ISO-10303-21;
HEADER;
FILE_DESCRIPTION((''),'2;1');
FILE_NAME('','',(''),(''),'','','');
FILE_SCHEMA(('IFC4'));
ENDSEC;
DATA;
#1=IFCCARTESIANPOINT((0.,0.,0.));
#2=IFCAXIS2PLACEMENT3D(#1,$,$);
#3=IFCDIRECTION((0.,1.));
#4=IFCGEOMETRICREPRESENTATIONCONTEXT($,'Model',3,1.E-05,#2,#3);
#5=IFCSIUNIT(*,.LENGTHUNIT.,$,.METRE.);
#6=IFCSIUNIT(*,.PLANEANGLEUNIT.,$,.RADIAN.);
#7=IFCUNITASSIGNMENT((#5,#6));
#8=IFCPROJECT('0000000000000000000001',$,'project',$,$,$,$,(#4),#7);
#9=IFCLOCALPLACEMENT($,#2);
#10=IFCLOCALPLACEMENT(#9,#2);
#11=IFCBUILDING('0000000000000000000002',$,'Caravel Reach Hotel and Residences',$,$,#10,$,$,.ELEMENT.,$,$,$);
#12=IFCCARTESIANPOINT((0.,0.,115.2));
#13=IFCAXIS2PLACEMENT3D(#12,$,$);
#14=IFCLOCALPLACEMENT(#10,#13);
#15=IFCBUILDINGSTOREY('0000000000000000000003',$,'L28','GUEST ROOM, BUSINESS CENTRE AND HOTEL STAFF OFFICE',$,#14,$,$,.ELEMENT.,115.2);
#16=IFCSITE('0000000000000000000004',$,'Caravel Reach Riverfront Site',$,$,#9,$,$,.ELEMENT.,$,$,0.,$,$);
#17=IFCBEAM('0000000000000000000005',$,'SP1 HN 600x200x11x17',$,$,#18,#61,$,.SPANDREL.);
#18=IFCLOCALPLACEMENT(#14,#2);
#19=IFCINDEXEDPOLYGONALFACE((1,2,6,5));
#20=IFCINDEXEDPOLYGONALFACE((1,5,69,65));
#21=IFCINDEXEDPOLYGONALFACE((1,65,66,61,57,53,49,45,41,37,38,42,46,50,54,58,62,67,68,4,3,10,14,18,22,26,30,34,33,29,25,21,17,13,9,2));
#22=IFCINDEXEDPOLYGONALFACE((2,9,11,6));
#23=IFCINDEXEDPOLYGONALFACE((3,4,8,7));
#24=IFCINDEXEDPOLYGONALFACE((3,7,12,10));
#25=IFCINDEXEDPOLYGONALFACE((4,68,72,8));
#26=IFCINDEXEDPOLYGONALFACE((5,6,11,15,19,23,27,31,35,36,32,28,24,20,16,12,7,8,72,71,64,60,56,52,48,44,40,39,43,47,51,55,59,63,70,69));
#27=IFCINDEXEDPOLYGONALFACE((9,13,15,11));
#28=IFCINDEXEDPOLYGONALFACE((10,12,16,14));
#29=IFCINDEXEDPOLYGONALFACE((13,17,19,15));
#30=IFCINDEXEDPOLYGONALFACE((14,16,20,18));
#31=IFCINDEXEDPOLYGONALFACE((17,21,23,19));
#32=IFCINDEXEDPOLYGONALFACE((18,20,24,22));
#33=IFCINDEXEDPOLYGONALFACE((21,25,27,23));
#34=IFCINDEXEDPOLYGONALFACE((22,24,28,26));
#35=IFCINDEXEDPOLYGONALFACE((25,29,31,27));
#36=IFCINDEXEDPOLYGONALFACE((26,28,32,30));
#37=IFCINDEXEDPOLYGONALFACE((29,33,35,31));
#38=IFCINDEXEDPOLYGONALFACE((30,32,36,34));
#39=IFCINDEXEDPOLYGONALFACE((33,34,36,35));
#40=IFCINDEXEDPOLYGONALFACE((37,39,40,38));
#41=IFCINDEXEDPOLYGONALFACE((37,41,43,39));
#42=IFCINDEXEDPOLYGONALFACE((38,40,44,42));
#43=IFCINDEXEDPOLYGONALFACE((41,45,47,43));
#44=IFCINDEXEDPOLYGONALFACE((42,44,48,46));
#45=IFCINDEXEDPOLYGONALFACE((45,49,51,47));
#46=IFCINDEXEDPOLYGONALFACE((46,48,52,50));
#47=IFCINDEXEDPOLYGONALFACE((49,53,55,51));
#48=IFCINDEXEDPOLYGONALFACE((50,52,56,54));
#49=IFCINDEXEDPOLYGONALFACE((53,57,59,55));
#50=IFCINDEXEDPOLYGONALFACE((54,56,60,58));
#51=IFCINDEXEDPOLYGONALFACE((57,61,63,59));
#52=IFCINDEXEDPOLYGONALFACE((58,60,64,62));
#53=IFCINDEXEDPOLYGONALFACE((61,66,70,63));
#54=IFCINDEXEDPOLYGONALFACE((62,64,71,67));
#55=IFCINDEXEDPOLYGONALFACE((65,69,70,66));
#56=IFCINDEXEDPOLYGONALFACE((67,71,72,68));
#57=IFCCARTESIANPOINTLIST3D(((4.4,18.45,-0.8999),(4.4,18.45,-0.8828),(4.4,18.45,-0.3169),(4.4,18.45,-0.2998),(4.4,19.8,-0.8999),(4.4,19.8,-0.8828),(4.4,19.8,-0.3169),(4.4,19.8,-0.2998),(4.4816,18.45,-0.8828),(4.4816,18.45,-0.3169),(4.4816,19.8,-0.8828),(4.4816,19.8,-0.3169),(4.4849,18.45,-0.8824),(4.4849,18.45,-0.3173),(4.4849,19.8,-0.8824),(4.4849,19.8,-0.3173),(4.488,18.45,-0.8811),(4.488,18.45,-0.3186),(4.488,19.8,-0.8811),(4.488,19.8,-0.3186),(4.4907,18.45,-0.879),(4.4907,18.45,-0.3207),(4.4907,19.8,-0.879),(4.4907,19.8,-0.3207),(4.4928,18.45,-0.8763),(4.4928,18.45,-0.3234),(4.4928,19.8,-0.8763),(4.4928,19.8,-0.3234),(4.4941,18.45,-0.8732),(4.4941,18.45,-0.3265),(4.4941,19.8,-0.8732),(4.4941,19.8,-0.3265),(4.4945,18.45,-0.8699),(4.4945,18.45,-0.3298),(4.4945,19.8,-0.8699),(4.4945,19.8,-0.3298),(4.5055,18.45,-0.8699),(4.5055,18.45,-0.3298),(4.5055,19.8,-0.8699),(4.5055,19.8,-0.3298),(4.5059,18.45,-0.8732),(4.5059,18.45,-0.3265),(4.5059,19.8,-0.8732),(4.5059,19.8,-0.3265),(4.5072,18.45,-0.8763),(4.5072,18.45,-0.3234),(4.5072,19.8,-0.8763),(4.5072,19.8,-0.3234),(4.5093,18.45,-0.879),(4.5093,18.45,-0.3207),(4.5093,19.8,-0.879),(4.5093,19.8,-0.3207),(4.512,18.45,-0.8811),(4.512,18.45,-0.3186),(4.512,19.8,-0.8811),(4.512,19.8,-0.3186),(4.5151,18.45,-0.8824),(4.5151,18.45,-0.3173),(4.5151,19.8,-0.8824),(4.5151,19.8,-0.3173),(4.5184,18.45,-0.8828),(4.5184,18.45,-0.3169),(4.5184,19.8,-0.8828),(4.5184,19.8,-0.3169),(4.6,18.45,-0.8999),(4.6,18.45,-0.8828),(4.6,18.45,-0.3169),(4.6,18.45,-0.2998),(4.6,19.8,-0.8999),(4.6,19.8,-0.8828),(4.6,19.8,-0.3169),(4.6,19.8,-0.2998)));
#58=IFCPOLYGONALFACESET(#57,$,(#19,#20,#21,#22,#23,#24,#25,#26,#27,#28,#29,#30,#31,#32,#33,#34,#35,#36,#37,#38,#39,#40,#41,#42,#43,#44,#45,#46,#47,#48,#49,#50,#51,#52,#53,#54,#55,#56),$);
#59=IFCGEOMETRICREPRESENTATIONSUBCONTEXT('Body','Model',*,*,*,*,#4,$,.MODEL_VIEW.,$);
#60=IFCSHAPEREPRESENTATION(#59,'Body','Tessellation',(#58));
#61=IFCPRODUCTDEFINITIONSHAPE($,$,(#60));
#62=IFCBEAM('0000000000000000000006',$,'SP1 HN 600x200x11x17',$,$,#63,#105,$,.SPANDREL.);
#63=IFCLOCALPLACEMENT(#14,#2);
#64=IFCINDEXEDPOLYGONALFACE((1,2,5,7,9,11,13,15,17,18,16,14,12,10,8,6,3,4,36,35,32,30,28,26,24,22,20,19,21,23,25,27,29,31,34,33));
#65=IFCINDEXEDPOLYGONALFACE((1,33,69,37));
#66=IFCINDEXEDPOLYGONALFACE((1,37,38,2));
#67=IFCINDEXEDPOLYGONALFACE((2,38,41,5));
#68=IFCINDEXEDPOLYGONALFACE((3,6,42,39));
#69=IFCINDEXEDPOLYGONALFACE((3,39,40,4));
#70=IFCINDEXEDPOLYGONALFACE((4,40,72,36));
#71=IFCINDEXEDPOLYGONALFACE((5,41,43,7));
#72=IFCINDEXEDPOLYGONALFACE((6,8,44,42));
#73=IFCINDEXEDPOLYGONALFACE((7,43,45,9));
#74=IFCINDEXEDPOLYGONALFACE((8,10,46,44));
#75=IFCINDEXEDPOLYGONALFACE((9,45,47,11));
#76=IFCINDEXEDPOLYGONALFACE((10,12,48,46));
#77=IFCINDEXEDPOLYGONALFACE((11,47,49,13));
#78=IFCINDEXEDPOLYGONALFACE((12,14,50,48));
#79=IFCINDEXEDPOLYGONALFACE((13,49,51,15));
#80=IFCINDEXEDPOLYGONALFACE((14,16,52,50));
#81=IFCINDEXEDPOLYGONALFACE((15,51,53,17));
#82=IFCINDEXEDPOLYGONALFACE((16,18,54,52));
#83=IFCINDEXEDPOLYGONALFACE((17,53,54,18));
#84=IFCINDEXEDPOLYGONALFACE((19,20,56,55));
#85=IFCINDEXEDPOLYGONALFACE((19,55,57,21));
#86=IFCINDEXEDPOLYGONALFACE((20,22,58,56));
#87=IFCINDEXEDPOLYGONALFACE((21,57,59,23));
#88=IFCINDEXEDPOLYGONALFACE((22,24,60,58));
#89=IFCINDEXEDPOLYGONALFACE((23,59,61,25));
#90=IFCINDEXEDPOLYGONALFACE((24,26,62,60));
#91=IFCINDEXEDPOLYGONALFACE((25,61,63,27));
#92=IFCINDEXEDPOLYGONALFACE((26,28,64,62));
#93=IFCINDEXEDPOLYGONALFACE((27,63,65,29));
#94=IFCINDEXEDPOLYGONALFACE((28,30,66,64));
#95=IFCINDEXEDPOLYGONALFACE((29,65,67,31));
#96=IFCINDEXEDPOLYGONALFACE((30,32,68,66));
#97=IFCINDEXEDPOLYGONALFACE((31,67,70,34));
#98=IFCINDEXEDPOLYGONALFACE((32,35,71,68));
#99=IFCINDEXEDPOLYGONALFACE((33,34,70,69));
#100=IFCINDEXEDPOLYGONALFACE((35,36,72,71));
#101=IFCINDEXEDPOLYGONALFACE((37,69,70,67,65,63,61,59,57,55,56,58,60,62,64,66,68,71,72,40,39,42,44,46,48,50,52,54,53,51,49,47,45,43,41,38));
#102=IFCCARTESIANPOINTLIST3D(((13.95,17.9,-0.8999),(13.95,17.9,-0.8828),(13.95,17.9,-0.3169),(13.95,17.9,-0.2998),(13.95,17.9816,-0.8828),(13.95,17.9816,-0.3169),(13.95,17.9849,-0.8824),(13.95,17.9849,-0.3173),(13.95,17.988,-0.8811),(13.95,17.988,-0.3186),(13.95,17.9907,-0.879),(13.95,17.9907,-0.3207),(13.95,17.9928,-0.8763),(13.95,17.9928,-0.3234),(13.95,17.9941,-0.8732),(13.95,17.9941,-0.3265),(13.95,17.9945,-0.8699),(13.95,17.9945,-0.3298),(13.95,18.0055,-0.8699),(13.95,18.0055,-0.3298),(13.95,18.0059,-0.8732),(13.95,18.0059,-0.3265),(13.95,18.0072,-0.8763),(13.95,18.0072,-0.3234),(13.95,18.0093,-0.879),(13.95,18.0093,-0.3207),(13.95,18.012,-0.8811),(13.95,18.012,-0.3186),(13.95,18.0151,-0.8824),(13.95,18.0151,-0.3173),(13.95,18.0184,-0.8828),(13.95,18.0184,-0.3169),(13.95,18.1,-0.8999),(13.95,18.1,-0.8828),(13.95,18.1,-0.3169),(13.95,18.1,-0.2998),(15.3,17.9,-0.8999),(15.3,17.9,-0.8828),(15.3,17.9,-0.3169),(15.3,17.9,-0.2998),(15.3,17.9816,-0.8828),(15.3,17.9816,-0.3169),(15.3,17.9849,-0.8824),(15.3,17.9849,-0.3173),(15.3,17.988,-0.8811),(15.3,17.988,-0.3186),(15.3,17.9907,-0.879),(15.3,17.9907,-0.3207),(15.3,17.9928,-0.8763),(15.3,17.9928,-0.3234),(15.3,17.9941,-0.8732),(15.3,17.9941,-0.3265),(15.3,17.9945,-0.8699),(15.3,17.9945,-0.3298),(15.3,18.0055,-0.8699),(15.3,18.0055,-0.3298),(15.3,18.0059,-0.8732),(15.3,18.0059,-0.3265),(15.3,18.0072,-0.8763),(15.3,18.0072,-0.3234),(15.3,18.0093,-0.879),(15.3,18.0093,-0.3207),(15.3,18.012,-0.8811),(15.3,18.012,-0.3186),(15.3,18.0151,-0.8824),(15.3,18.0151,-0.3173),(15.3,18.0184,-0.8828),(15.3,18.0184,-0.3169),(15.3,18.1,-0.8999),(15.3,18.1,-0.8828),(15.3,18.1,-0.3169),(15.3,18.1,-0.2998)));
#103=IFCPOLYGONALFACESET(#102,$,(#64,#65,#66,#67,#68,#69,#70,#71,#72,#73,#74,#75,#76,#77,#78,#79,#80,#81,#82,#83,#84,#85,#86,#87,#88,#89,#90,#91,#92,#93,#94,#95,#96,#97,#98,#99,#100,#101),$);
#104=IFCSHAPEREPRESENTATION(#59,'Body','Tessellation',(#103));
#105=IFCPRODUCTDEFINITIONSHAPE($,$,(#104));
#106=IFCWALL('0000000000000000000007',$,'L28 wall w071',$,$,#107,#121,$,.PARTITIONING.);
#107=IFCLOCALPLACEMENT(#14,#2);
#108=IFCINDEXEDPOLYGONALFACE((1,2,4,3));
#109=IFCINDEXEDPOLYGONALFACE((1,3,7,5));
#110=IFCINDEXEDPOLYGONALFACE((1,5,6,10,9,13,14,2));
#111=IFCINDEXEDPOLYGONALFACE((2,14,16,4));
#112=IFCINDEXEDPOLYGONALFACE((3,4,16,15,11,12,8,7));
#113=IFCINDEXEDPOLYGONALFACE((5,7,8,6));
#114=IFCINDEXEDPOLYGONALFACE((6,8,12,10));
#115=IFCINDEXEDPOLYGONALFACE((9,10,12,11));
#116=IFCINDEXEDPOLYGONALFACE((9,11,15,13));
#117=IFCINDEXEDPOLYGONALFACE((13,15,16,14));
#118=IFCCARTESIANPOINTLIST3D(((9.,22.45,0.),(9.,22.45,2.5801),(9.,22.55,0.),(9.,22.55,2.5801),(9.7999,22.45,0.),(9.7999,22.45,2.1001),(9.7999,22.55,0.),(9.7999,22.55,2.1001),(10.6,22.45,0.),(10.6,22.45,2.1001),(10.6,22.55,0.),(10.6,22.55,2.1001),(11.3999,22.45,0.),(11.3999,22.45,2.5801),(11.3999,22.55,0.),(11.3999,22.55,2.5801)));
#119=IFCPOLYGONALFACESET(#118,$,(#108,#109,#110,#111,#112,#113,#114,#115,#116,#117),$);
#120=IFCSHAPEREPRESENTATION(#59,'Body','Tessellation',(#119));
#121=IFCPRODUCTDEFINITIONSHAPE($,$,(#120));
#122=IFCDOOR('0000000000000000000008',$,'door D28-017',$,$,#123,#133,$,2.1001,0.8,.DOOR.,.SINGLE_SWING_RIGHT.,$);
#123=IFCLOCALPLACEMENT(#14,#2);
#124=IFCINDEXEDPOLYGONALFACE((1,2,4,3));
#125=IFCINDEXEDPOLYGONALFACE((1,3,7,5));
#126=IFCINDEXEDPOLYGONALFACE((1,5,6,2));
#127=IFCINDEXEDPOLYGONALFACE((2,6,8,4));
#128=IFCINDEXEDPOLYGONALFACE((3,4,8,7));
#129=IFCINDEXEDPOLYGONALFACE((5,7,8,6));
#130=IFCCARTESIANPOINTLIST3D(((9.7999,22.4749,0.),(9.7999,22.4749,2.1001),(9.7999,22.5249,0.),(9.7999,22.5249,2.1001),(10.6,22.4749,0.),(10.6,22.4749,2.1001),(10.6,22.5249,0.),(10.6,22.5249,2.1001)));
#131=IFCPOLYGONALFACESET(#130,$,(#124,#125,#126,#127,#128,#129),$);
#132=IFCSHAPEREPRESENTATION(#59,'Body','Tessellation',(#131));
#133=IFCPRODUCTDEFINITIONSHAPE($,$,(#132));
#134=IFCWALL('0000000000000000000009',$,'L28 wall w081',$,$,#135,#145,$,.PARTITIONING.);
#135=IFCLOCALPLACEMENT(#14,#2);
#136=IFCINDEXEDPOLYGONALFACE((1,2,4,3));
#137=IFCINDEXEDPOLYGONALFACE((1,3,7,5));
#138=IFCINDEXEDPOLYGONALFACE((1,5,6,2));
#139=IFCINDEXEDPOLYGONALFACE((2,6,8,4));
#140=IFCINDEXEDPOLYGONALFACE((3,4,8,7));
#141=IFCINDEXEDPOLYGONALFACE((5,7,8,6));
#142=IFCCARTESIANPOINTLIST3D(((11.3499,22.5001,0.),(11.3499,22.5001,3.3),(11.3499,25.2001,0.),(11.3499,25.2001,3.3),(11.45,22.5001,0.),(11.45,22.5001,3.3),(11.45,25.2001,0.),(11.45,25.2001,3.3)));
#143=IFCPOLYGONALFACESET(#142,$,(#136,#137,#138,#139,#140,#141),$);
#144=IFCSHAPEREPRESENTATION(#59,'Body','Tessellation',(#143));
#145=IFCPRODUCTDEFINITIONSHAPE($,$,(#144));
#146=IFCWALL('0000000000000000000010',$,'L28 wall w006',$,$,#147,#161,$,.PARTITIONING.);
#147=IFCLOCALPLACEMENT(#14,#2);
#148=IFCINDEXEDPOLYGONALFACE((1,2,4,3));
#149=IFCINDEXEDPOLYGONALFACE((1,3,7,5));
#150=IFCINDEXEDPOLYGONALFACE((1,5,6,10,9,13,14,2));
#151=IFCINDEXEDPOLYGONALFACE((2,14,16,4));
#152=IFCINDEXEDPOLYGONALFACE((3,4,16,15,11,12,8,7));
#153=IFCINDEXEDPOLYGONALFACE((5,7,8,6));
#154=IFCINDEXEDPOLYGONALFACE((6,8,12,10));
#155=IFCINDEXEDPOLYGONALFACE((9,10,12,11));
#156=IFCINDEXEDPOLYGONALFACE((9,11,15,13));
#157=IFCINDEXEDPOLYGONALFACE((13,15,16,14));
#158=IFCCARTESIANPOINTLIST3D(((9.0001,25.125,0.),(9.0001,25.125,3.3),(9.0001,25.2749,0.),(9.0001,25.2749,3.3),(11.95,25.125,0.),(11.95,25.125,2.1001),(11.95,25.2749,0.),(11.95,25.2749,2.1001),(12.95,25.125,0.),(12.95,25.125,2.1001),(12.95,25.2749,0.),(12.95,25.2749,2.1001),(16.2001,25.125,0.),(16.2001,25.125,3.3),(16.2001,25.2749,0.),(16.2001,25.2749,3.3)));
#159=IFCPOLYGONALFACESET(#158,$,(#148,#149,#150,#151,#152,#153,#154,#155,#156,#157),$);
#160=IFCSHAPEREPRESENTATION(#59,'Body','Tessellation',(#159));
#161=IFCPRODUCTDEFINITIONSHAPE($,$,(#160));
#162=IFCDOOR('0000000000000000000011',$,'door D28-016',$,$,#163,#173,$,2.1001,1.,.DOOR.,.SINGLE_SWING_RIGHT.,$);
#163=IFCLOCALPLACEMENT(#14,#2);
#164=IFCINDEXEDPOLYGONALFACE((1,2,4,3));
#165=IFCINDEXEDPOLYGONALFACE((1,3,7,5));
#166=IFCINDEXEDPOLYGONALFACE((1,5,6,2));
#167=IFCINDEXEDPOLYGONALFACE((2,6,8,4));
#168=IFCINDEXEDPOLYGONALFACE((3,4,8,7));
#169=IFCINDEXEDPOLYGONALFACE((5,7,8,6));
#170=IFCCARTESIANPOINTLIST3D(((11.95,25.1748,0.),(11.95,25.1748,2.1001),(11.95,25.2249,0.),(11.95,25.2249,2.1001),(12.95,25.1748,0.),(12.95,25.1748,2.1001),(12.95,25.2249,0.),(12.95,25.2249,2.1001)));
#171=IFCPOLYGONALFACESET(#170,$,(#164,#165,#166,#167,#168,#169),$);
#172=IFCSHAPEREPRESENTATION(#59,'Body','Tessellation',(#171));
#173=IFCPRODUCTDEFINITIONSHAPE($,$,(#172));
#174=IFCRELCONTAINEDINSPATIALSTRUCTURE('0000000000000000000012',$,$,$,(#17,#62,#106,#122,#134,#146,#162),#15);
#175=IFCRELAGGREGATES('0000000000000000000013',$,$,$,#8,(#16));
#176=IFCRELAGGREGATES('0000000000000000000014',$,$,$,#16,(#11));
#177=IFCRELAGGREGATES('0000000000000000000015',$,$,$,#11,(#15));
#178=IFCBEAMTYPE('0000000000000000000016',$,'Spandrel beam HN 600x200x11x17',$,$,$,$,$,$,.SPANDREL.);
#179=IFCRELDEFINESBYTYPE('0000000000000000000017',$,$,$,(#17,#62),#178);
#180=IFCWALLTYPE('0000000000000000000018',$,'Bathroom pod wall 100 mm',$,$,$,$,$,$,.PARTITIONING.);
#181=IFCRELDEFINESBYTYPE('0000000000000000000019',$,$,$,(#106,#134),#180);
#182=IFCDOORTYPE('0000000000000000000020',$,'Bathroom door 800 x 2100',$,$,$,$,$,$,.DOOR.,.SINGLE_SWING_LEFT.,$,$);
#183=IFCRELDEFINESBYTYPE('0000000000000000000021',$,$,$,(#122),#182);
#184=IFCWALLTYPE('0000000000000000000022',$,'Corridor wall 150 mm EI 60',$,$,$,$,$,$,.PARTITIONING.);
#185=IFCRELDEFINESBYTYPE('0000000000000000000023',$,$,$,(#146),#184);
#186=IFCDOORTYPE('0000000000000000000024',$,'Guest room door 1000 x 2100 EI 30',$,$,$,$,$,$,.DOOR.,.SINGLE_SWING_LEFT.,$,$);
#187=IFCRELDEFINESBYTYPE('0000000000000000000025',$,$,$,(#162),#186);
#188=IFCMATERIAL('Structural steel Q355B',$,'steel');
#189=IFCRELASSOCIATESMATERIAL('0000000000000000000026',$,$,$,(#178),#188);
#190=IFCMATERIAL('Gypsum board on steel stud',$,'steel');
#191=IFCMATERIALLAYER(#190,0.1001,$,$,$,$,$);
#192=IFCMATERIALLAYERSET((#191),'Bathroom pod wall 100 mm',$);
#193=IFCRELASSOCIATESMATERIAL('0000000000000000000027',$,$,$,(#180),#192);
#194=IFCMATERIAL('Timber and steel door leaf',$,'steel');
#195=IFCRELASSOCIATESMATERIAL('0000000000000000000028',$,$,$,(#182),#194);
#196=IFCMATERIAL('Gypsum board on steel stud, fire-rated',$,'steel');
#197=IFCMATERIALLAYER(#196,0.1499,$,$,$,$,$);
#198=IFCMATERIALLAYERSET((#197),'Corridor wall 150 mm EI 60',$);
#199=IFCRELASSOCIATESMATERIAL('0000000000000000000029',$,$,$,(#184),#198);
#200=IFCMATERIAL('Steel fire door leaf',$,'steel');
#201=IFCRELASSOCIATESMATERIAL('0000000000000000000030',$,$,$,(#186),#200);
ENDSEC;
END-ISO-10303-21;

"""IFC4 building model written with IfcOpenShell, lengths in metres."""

from ifc_helpers import new_model, si_unit, direction, frame, frame_2d, origin, origin_2d, place, context, subcontext, project, spatial, rectangle, i_section, extrude, material, layer, layer_set, material_profile, profile_set, type_object, element, fill, save


model = new_model("IFC4")

# Units and contexts
model_context = context("Model", 3, precision=1e-05, world=origin(), true_north=direction((0.0, 1.0)))
body_context = subcontext(model_context, "Body", "Model", "MODEL_VIEW")
ifc_project = project(units=[si_unit("LENGTHUNIT", "METRE"), si_unit("PLANEANGLEUNIT", "RADIAN")], contexts=[model_context])

# Site, building, storey
site_placement = place(None, origin())
site = spatial("IfcSite", under=ifc_project, at=site_placement, Name="Caravel Reach Riverfront Site", CompositionType="ELEMENT", RefElevation=0.0)
building_placement = place(site_placement, origin())
building = spatial("IfcBuilding", under=site, at=building_placement, Name="Caravel Reach Hotel and Residences", CompositionType="ELEMENT")
storey_placement = place(building_placement, frame((0.0, 0.0, 115.2)))
storey = spatial("IfcBuildingStorey", under=building, at=storey_placement, Name="L28", Description="GUEST ROOM, BUSINESS CENTRE AND HOTEL STAFF OFFICE", CompositionType="ELEMENT", Elevation=115.2)

# Beams
ifc_material_1 = material(Name="Structural steel Q355B", Category="steel")
ifc_material_profile_1 = material_profile(ifc_material_1, i_section(OverallWidth=0.2, OverallDepth=0.6001, WebThickness=0.011, FlangeThickness=0.0171, FilletRadius=0.0129, at=origin_2d()), Name="HN 600x200x11x17")
ifc_profile_set_1 = profile_set([ifc_material_profile_1], Name="Structural steel Q355B")
beam_type_1 = type_object("IfcBeamType", Name="Spandrel beam HN 600x200x11x17", PredefinedType="SPANDREL", material=ifc_profile_set_1)
for number, where, z_axis, x_axis, name in (
    (1, (4.5, 19.8, -0.5999), (0.0, -1.0, 0.0), (1.0, 0.0, 0.0), "SP1 HN 600x200x11x17"),
    (2, (13.95, 18.0, -0.5999), (1.0, 0.0, 0.0), (0.0, 1.0, 0.0), "SP1 HN 600x200x11x17"),
):
    element("IfcBeam", number, at=place(storey_placement, frame(where, z_axis=z_axis, x_axis=x_axis)), inside=storey, type_object=beam_type_1, Name=name, PredefinedType="SPANDREL", context=body_context, shape_type="SweptSolid", body=[
        extrude(i_section(OverallWidth=0.2, OverallDepth=0.6001, WebThickness=0.011, FlangeThickness=0.0171, FilletRadius=0.0129, at=origin_2d()), origin(), (0.0, 0.0, 1.0), 1.3501),
    ])

# Wall, opening, door
ifc_material_2 = material(Name="Gypsum board on steel stud", Category="steel")
ifc_layer_1 = layer(ifc_material_2, 0.1001)
ifc_layer_set_1 = layer_set([ifc_layer_1], Name="Bathroom pod wall 100 mm")
wall_type_1 = type_object("IfcWallType", Name="Bathroom pod wall 100 mm", PredefinedType="PARTITIONING", material=ifc_layer_set_1)
wall_1_placement = place(storey_placement, frame((9.0, 22.5, 0.0), z_axis=(0.0, 0.0, 1.0), x_axis=(1.0, 0.0, 0.0)))
wall_1 = element("IfcWall", 3, at=wall_1_placement, inside=storey, type_object=wall_type_1, Name="L28 wall w071", PredefinedType="PARTITIONING", context=body_context, shape_type="SweptSolid", body=[
    extrude(rectangle(XDim=2.3999, YDim=0.1001, at=frame_2d((1.2, 0.0))), origin(), (0.0, 0.0, 1.0), 2.5801),
])
opening_1_placement = place(wall_1_placement, frame((0.8, 0.0, 0.0)))
opening_1 = element("IfcOpeningElement", 4, at=opening_1_placement, cuts=wall_1, PredefinedType="OPENING", context=body_context, shape_type="SweptSolid", body=[
    extrude(rectangle(XDim=0.8, YDim=2.1001, at=frame_2d((0.3999, 1.05))), frame((0.0, 0.0601, 0.0), z_axis=(0.0, -1.0, 0.0), x_axis=(1.0, 0.0, 0.0)), (0.0, 0.0, 1.0), 0.1201),
])
ifc_material_3 = material(Name="Timber and steel door leaf", Category="steel")
door_type_1 = type_object("IfcDoorType", Name="Bathroom door 800 x 2100", OperationType="SINGLE_SWING_LEFT", PredefinedType="DOOR", material=ifc_material_3)
door_1_placement = place(opening_1_placement, origin())
door_1 = element("IfcDoor", 5, at=door_1_placement, inside=storey, type_object=door_type_1, Name="door D28-017", OperationType="SINGLE_SWING_RIGHT", OverallHeight=2.1001, OverallWidth=0.8, PredefinedType="DOOR", context=body_context, shape_type="SweptSolid", body=[
    extrude(rectangle(XDim=0.8, YDim=2.1001, at=frame_2d((0.3999, 1.05))), frame((0.0, 0.0249, 0.0), z_axis=(0.0, -1.0, 0.0), x_axis=(1.0, 0.0, 0.0)), (0.0, 0.0, 1.0), 0.05),
])
fill(opening_1, door_1)

# Wall
wall_2_placement = place(storey_placement, frame((11.3999, 22.5, 0.0), z_axis=(0.0, 0.0, 1.0), x_axis=(0.0, 1.0, 0.0)))
element("IfcWall", 6, at=wall_2_placement, inside=storey, type_object=wall_type_1, Name="L28 wall w081", PredefinedType="PARTITIONING", context=body_context, shape_type="SweptSolid", body=[
    extrude(rectangle(XDim=2.7, YDim=0.1001, at=frame_2d((1.3501, 0.0))), origin(), (0.0, 0.0, 1.0), 3.3),
])

# Wall, opening, door
ifc_material_4 = material(Name="Gypsum board on steel stud, fire-rated", Category="steel")
ifc_layer_2 = layer(ifc_material_4, 0.1499)
ifc_layer_set_2 = layer_set([ifc_layer_2], Name="Corridor wall 150 mm EI 60")
wall_type_2 = type_object("IfcWallType", Name="Corridor wall 150 mm EI 60", PredefinedType="PARTITIONING", material=ifc_layer_set_2)
wall_3_placement = place(storey_placement, frame((9.0, 25.2, 0.0), z_axis=(0.0, 0.0, 1.0), x_axis=(1.0, 0.0, 0.0)))
wall_3 = element("IfcWall", 7, at=wall_3_placement, inside=storey, type_object=wall_type_2, Name="L28 wall w006", PredefinedType="PARTITIONING", context=body_context, shape_type="SweptSolid", body=[
    extrude(rectangle(XDim=7.2, YDim=0.1499, at=frame_2d((3.6001, 0.0))), origin(), (0.0, 0.0, 1.0), 3.3),
])
opening_2_placement = place(wall_3_placement, frame((2.95, 0.0, 0.0)))
opening_2 = element("IfcOpeningElement", 8, at=opening_2_placement, cuts=wall_3, PredefinedType="OPENING", context=body_context, shape_type="SweptSolid", body=[
    extrude(rectangle(XDim=1.0, YDim=2.1001, at=frame_2d((0.5, 1.05))), frame((0.0, 0.085, 0.0), z_axis=(0.0, -1.0, 0.0), x_axis=(1.0, 0.0, 0.0)), (0.0, 0.0, 1.0), 0.1699),
])
ifc_material_5 = material(Name="Steel fire door leaf", Category="steel")
door_type_2 = type_object("IfcDoorType", Name="Guest room door 1000 x 2100 EI 30", OperationType="SINGLE_SWING_LEFT", PredefinedType="DOOR", material=ifc_material_5)
door_2_placement = place(opening_2_placement, origin())
door_2 = element("IfcDoor", 9, at=door_2_placement, inside=storey, type_object=door_type_2, Name="door D28-016", OperationType="SINGLE_SWING_RIGHT", OverallHeight=2.1001, OverallWidth=1.0, PredefinedType="DOOR", context=body_context, shape_type="SweptSolid", body=[
    extrude(rectangle(XDim=1.0, YDim=2.1001, at=frame_2d((0.5, 1.05))), frame((0.0, 0.0249, 0.0), z_axis=(0.0, -1.0, 0.0), x_axis=(1.0, 0.0, 0.0)), (0.0, 0.0, 1.0), 0.05),
])
fill(opening_2, door_2)

save(model, "model.ifc")
